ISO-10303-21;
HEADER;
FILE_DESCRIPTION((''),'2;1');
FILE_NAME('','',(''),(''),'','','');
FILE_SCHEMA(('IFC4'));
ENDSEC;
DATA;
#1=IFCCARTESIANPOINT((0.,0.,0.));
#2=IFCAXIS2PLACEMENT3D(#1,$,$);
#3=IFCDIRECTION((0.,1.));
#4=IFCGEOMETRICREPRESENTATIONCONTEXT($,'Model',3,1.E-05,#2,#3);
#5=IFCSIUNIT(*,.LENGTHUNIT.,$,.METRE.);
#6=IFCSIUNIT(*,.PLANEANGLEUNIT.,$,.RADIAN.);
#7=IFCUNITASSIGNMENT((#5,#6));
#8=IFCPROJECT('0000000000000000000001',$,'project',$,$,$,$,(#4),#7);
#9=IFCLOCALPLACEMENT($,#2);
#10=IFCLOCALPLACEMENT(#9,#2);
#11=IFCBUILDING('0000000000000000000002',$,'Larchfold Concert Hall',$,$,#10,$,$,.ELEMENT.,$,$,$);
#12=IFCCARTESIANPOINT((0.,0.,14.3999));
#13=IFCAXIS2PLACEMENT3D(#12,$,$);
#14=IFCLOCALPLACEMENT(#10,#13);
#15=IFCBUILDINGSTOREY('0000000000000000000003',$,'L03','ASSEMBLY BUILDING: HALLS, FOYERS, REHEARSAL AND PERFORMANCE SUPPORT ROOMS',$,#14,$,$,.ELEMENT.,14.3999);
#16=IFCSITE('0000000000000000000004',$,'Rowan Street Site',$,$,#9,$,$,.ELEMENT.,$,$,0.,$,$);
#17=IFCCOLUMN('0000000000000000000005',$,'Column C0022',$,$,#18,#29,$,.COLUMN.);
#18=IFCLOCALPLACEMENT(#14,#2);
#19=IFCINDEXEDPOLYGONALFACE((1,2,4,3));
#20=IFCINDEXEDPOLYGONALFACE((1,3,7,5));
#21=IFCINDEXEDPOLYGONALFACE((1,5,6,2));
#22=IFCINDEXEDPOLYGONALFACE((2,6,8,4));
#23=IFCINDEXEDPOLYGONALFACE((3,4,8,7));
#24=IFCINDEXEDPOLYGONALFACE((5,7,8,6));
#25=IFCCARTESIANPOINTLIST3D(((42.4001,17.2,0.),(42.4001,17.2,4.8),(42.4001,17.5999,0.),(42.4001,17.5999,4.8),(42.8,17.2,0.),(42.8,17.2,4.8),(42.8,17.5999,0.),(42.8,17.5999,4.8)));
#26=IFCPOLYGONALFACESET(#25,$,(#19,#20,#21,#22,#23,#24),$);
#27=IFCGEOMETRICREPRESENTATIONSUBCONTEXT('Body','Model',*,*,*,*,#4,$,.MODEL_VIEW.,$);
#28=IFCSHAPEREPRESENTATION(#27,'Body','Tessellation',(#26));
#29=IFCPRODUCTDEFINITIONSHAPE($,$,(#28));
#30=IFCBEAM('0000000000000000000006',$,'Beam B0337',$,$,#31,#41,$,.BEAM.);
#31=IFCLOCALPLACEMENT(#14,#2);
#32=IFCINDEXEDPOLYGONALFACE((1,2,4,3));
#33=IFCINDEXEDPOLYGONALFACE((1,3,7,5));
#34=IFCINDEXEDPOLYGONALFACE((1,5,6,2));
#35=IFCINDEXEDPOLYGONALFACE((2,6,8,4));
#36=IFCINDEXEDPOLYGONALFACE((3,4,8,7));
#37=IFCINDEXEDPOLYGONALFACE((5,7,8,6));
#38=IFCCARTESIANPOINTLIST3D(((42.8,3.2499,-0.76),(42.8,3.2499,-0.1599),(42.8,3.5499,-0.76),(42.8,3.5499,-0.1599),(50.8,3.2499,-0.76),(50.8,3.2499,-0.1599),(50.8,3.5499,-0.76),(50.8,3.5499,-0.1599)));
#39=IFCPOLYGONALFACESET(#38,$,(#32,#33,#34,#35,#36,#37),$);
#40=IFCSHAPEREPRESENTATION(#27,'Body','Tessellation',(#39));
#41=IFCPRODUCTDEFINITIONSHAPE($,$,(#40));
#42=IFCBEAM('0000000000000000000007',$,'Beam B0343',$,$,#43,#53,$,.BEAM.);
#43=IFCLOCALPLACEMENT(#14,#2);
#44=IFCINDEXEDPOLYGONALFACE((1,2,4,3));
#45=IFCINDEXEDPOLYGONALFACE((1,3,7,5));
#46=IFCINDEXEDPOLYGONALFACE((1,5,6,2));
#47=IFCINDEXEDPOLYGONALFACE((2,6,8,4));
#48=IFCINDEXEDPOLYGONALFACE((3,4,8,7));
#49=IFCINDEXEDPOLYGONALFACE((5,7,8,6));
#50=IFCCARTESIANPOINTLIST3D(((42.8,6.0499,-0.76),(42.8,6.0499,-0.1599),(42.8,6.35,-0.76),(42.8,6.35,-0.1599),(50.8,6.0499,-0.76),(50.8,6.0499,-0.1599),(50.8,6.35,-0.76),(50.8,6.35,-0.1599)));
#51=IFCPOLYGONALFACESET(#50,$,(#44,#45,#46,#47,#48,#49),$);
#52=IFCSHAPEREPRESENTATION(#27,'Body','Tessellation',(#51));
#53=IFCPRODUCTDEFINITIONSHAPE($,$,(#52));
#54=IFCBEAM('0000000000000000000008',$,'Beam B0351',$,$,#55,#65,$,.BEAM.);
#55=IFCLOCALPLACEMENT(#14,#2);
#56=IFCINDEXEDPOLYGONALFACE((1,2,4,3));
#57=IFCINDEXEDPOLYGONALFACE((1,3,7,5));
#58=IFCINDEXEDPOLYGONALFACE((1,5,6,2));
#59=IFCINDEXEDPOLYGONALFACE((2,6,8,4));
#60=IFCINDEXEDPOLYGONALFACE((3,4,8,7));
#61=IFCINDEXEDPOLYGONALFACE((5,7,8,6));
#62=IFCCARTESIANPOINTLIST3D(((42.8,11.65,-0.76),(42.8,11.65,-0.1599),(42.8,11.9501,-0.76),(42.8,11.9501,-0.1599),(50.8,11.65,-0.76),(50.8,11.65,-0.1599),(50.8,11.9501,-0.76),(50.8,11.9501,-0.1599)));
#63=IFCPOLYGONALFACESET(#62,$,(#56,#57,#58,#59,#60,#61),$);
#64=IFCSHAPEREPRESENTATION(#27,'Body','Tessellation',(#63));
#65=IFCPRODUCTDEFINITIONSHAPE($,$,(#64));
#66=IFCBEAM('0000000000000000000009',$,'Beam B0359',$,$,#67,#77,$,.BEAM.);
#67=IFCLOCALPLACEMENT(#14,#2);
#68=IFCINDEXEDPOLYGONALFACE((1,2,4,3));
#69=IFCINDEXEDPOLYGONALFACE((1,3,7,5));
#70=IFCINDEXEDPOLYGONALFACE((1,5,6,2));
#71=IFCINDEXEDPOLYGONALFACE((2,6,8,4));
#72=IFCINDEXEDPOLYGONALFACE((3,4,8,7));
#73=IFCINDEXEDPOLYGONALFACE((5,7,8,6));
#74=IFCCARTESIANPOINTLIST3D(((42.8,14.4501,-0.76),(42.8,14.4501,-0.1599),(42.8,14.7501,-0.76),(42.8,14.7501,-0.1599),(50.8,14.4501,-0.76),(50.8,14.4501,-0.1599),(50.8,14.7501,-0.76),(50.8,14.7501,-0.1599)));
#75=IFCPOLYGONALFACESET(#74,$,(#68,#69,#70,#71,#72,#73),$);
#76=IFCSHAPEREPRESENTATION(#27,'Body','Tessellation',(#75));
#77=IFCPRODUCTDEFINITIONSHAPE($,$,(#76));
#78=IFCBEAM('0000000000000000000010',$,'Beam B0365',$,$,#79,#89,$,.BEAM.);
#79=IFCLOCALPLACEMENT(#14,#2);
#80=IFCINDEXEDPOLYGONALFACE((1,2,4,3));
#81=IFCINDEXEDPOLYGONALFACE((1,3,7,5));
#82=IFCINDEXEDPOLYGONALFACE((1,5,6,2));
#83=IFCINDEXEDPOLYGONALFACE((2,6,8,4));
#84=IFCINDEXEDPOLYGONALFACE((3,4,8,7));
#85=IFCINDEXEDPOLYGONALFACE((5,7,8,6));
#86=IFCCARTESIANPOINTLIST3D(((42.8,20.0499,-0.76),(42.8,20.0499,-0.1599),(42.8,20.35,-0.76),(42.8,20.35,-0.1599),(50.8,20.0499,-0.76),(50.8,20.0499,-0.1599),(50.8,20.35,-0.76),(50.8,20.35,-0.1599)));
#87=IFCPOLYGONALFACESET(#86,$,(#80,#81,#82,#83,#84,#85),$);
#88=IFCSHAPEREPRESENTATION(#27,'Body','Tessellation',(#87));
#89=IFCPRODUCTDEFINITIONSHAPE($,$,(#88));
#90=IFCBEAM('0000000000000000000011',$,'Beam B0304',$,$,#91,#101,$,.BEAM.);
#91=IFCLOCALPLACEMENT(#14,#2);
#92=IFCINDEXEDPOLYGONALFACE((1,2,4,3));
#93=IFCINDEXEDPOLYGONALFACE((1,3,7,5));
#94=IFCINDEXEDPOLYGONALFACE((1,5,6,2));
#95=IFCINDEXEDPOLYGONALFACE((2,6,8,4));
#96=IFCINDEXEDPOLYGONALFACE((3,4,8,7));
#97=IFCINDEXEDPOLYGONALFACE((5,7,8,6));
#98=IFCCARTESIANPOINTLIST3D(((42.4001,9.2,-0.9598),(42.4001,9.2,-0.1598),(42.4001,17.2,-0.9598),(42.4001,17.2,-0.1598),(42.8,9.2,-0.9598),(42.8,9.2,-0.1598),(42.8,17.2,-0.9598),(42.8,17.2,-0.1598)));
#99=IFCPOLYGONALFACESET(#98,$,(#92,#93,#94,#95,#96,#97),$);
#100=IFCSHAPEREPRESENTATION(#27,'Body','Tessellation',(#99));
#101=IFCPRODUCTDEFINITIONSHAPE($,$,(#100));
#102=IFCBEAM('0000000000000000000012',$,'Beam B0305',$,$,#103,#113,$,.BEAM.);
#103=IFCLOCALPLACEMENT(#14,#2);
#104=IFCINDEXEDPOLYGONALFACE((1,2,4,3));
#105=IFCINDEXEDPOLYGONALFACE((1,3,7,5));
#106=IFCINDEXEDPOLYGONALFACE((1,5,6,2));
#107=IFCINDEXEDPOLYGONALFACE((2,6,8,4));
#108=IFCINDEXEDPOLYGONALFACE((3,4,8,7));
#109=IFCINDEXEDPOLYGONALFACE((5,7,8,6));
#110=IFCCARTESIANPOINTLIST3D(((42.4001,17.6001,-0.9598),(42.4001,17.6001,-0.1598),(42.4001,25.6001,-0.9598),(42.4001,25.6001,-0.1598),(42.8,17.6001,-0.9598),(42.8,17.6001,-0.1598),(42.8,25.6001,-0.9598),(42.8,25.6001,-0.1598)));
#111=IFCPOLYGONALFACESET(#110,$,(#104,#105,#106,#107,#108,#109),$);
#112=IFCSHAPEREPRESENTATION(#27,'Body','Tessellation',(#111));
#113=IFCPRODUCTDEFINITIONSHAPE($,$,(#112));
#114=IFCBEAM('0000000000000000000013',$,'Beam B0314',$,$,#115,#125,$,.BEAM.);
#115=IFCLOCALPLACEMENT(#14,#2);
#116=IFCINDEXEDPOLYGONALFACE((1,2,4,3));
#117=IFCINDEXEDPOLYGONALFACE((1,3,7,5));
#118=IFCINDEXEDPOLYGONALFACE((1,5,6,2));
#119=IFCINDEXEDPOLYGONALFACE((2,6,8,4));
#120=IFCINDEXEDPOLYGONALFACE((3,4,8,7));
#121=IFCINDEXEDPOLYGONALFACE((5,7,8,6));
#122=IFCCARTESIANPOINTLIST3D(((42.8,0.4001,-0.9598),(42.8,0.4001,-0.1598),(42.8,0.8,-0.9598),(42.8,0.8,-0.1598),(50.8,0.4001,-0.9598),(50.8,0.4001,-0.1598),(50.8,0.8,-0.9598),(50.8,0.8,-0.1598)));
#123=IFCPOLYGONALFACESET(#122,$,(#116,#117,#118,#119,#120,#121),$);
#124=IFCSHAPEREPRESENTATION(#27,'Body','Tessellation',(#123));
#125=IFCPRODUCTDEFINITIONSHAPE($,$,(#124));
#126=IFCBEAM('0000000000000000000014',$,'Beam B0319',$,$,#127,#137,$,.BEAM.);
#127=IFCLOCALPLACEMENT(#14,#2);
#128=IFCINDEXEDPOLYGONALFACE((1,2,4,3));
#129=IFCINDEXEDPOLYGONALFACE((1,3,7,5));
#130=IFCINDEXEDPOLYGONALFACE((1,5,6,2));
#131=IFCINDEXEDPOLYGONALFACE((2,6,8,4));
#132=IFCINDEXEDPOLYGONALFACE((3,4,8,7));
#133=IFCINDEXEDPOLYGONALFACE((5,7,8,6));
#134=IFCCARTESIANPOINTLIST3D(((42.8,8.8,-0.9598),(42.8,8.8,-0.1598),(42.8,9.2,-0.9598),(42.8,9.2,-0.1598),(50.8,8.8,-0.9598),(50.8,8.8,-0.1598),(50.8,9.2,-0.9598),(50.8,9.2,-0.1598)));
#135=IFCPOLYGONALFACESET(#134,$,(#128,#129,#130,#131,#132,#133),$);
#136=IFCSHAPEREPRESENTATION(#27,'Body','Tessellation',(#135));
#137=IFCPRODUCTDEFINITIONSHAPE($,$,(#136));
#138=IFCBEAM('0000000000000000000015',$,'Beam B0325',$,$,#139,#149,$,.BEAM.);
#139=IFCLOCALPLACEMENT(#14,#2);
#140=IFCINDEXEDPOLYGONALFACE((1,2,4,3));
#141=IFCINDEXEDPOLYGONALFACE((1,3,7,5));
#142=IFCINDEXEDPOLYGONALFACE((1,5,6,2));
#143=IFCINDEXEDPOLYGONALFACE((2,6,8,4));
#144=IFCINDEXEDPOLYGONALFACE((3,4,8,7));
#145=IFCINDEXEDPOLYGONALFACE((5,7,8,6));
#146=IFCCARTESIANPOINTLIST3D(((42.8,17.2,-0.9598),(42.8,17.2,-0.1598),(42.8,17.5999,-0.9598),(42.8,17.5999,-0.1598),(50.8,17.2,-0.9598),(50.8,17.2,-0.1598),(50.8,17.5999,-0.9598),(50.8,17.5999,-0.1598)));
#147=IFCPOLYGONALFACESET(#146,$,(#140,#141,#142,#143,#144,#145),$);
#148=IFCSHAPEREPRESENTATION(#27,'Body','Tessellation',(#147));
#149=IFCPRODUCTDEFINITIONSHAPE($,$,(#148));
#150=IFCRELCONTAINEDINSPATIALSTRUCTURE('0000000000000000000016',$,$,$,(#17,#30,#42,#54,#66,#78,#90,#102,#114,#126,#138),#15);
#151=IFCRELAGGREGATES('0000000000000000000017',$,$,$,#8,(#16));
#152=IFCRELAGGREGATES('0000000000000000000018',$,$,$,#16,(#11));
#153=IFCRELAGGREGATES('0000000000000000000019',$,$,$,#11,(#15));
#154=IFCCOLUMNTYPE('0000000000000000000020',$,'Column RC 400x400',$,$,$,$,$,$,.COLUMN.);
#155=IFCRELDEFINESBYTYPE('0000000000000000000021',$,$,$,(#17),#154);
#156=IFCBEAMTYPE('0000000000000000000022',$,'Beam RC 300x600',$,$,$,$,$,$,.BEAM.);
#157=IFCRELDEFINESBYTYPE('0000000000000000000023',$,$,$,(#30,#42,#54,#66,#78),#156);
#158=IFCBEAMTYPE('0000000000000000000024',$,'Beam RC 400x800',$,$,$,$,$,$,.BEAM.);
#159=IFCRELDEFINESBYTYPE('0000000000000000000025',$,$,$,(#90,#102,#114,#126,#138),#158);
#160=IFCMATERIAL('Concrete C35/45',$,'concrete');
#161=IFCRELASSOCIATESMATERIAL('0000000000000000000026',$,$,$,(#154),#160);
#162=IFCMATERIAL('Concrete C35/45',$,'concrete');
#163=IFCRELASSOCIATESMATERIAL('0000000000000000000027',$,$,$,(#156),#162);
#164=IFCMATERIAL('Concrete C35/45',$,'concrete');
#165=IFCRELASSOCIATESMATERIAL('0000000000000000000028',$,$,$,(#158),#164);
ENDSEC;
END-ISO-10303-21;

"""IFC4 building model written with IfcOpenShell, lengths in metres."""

from ifc_helpers import new_model, si_unit, direction, frame, origin, origin_2d, place, context, subcontext, project, spatial, rectangle, extrude, material, material_profile, profile_set, type_object, element, save


model = new_model("IFC4")

# Units and contexts
model_context = context("Model", 3, precision=1e-05, world=origin(), true_north=direction((0.0, 1.0)))
body_context = subcontext(model_context, "Body", "Model", "MODEL_VIEW")
ifc_project = project(units=[si_unit("LENGTHUNIT", "METRE"), si_unit("PLANEANGLEUNIT", "RADIAN")], contexts=[model_context])

# Site, building, storey
site_placement = place(None, origin())
site = spatial("IfcSite", under=ifc_project, at=site_placement, Name="Rowan Street Site", CompositionType="ELEMENT", RefElevation=0.0)
building_placement = place(site_placement, origin())
building = spatial("IfcBuilding", under=site, at=building_placement, Name="Larchfold Concert Hall", CompositionType="ELEMENT")
storey_placement = place(building_placement, frame((0.0, 0.0, 14.3999)))
storey = spatial("IfcBuildingStorey", under=building, at=storey_placement, Name="L03", Description="ASSEMBLY BUILDING: HALLS, FOYERS, REHEARSAL AND PERFORMANCE SUPPORT ROOMS", CompositionType="ELEMENT", Elevation=14.3999)

# Column
ifc_material_1 = material(Name="Concrete C35/45", Category="concrete")
ifc_material_profile_1 = material_profile(ifc_material_1, rectangle(XDim=0.3999, YDim=0.3999, at=origin_2d()))
ifc_profile_set_1 = profile_set([ifc_material_profile_1], Name="Concrete C35/45")
column_type = type_object("IfcColumnType", Name="Column RC 400x400", PredefinedType="COLUMN", material=ifc_profile_set_1)
column_placement = place(storey_placement, frame((42.6001, 17.3999, 0.0), z_axis=(0.0, 0.0, 1.0), x_axis=(1.0, 0.0, 0.0)))
element("IfcColumn", 1, at=column_placement, inside=storey, type_object=column_type, Name="Column C0022", PredefinedType="COLUMN", context=body_context, shape_type="SweptSolid", body=[
    extrude(rectangle(XDim=0.3999, YDim=0.3999, at=origin_2d()), origin(), (0.0, 0.0, 1.0), 4.8),
])

# Beams
ifc_material_2 = material(Name="Concrete C35/45", Category="concrete")
ifc_material_profile_2 = material_profile(ifc_material_2, rectangle(XDim=0.3, YDim=0.6001, at=origin_2d()))
ifc_profile_set_2 = profile_set([ifc_material_profile_2], Name="Concrete C35/45")
beam_type_1 = type_object("IfcBeamType", Name="Beam RC 300x600", PredefinedType="BEAM", material=ifc_profile_set_2)
for number, where, z_axis, x_axis, name in (
    (2, (42.8, 3.3999, -0.46), (1.0, 0.0, 0.0), (0.0, 1.0, 0.0), "Beam B0337"),
    (3, (42.8, 6.2, -0.46), (1.0, 0.0, 0.0), (0.0, 1.0, 0.0), "Beam B0343"),
    (4, (42.8, 11.8, -0.46), (1.0, 0.0, 0.0), (0.0, 1.0, 0.0), "Beam B0351"),
    (5, (42.8, 14.6001, -0.46), (1.0, 0.0, 0.0), (0.0, 1.0, 0.0), "Beam B0359"),
    (6, (42.8, 20.2, -0.46), (1.0, 0.0, 0.0), (0.0, 1.0, 0.0), "Beam B0365"),
):
    element("IfcBeam", number, at=place(storey_placement, frame(where, z_axis=z_axis, x_axis=x_axis)), inside=storey, type_object=beam_type_1, Name=name, PredefinedType="BEAM", context=body_context, shape_type="SweptSolid", body=[
        extrude(rectangle(XDim=0.3, YDim=0.6001, at=origin_2d()), origin(), (0.0, 0.0, 1.0), 8.0),
    ])
ifc_material_3 = material(Name="Concrete C35/45", Category="concrete")
ifc_material_profile_3 = material_profile(ifc_material_3, rectangle(XDim=0.3999, YDim=0.8, at=origin_2d()))
ifc_profile_set_3 = profile_set([ifc_material_profile_3], Name="Concrete C35/45")
beam_type_2 = type_object("IfcBeamType", Name="Beam RC 400x800", PredefinedType="BEAM", material=ifc_profile_set_3)
for number, where, z_axis, x_axis, name in (
    (7, (42.6001, 9.2, -0.5598), (0.0, 1.0, 0.0), (-1.0, 0.0, 0.0), "Beam B0304"),
    (8, (42.6001, 17.6001, -0.5598), (0.0, 1.0, 0.0), (-1.0, 0.0, 0.0), "Beam B0305"),
    (9, (42.8, 0.6001, -0.5598), (1.0, 0.0, 0.0), (0.0, 1.0, 0.0), "Beam B0314"),
    (10, (42.8, 9.0, -0.5598), (1.0, 0.0, 0.0), (0.0, 1.0, 0.0), "Beam B0319"),
    (11, (42.8, 17.3999, -0.5598), (1.0, 0.0, 0.0), (0.0, 1.0, 0.0), "Beam B0325"),
):
    element("IfcBeam", number, at=place(storey_placement, frame(where, z_axis=z_axis, x_axis=x_axis)), inside=storey, type_object=beam_type_2, Name=name, PredefinedType="BEAM", context=body_context, shape_type="SweptSolid", body=[
        extrude(rectangle(XDim=0.3999, YDim=0.8, at=origin_2d()), origin(), (0.0, 0.0, 1.0), 8.0),
    ])

save(model, "model.ifc")
